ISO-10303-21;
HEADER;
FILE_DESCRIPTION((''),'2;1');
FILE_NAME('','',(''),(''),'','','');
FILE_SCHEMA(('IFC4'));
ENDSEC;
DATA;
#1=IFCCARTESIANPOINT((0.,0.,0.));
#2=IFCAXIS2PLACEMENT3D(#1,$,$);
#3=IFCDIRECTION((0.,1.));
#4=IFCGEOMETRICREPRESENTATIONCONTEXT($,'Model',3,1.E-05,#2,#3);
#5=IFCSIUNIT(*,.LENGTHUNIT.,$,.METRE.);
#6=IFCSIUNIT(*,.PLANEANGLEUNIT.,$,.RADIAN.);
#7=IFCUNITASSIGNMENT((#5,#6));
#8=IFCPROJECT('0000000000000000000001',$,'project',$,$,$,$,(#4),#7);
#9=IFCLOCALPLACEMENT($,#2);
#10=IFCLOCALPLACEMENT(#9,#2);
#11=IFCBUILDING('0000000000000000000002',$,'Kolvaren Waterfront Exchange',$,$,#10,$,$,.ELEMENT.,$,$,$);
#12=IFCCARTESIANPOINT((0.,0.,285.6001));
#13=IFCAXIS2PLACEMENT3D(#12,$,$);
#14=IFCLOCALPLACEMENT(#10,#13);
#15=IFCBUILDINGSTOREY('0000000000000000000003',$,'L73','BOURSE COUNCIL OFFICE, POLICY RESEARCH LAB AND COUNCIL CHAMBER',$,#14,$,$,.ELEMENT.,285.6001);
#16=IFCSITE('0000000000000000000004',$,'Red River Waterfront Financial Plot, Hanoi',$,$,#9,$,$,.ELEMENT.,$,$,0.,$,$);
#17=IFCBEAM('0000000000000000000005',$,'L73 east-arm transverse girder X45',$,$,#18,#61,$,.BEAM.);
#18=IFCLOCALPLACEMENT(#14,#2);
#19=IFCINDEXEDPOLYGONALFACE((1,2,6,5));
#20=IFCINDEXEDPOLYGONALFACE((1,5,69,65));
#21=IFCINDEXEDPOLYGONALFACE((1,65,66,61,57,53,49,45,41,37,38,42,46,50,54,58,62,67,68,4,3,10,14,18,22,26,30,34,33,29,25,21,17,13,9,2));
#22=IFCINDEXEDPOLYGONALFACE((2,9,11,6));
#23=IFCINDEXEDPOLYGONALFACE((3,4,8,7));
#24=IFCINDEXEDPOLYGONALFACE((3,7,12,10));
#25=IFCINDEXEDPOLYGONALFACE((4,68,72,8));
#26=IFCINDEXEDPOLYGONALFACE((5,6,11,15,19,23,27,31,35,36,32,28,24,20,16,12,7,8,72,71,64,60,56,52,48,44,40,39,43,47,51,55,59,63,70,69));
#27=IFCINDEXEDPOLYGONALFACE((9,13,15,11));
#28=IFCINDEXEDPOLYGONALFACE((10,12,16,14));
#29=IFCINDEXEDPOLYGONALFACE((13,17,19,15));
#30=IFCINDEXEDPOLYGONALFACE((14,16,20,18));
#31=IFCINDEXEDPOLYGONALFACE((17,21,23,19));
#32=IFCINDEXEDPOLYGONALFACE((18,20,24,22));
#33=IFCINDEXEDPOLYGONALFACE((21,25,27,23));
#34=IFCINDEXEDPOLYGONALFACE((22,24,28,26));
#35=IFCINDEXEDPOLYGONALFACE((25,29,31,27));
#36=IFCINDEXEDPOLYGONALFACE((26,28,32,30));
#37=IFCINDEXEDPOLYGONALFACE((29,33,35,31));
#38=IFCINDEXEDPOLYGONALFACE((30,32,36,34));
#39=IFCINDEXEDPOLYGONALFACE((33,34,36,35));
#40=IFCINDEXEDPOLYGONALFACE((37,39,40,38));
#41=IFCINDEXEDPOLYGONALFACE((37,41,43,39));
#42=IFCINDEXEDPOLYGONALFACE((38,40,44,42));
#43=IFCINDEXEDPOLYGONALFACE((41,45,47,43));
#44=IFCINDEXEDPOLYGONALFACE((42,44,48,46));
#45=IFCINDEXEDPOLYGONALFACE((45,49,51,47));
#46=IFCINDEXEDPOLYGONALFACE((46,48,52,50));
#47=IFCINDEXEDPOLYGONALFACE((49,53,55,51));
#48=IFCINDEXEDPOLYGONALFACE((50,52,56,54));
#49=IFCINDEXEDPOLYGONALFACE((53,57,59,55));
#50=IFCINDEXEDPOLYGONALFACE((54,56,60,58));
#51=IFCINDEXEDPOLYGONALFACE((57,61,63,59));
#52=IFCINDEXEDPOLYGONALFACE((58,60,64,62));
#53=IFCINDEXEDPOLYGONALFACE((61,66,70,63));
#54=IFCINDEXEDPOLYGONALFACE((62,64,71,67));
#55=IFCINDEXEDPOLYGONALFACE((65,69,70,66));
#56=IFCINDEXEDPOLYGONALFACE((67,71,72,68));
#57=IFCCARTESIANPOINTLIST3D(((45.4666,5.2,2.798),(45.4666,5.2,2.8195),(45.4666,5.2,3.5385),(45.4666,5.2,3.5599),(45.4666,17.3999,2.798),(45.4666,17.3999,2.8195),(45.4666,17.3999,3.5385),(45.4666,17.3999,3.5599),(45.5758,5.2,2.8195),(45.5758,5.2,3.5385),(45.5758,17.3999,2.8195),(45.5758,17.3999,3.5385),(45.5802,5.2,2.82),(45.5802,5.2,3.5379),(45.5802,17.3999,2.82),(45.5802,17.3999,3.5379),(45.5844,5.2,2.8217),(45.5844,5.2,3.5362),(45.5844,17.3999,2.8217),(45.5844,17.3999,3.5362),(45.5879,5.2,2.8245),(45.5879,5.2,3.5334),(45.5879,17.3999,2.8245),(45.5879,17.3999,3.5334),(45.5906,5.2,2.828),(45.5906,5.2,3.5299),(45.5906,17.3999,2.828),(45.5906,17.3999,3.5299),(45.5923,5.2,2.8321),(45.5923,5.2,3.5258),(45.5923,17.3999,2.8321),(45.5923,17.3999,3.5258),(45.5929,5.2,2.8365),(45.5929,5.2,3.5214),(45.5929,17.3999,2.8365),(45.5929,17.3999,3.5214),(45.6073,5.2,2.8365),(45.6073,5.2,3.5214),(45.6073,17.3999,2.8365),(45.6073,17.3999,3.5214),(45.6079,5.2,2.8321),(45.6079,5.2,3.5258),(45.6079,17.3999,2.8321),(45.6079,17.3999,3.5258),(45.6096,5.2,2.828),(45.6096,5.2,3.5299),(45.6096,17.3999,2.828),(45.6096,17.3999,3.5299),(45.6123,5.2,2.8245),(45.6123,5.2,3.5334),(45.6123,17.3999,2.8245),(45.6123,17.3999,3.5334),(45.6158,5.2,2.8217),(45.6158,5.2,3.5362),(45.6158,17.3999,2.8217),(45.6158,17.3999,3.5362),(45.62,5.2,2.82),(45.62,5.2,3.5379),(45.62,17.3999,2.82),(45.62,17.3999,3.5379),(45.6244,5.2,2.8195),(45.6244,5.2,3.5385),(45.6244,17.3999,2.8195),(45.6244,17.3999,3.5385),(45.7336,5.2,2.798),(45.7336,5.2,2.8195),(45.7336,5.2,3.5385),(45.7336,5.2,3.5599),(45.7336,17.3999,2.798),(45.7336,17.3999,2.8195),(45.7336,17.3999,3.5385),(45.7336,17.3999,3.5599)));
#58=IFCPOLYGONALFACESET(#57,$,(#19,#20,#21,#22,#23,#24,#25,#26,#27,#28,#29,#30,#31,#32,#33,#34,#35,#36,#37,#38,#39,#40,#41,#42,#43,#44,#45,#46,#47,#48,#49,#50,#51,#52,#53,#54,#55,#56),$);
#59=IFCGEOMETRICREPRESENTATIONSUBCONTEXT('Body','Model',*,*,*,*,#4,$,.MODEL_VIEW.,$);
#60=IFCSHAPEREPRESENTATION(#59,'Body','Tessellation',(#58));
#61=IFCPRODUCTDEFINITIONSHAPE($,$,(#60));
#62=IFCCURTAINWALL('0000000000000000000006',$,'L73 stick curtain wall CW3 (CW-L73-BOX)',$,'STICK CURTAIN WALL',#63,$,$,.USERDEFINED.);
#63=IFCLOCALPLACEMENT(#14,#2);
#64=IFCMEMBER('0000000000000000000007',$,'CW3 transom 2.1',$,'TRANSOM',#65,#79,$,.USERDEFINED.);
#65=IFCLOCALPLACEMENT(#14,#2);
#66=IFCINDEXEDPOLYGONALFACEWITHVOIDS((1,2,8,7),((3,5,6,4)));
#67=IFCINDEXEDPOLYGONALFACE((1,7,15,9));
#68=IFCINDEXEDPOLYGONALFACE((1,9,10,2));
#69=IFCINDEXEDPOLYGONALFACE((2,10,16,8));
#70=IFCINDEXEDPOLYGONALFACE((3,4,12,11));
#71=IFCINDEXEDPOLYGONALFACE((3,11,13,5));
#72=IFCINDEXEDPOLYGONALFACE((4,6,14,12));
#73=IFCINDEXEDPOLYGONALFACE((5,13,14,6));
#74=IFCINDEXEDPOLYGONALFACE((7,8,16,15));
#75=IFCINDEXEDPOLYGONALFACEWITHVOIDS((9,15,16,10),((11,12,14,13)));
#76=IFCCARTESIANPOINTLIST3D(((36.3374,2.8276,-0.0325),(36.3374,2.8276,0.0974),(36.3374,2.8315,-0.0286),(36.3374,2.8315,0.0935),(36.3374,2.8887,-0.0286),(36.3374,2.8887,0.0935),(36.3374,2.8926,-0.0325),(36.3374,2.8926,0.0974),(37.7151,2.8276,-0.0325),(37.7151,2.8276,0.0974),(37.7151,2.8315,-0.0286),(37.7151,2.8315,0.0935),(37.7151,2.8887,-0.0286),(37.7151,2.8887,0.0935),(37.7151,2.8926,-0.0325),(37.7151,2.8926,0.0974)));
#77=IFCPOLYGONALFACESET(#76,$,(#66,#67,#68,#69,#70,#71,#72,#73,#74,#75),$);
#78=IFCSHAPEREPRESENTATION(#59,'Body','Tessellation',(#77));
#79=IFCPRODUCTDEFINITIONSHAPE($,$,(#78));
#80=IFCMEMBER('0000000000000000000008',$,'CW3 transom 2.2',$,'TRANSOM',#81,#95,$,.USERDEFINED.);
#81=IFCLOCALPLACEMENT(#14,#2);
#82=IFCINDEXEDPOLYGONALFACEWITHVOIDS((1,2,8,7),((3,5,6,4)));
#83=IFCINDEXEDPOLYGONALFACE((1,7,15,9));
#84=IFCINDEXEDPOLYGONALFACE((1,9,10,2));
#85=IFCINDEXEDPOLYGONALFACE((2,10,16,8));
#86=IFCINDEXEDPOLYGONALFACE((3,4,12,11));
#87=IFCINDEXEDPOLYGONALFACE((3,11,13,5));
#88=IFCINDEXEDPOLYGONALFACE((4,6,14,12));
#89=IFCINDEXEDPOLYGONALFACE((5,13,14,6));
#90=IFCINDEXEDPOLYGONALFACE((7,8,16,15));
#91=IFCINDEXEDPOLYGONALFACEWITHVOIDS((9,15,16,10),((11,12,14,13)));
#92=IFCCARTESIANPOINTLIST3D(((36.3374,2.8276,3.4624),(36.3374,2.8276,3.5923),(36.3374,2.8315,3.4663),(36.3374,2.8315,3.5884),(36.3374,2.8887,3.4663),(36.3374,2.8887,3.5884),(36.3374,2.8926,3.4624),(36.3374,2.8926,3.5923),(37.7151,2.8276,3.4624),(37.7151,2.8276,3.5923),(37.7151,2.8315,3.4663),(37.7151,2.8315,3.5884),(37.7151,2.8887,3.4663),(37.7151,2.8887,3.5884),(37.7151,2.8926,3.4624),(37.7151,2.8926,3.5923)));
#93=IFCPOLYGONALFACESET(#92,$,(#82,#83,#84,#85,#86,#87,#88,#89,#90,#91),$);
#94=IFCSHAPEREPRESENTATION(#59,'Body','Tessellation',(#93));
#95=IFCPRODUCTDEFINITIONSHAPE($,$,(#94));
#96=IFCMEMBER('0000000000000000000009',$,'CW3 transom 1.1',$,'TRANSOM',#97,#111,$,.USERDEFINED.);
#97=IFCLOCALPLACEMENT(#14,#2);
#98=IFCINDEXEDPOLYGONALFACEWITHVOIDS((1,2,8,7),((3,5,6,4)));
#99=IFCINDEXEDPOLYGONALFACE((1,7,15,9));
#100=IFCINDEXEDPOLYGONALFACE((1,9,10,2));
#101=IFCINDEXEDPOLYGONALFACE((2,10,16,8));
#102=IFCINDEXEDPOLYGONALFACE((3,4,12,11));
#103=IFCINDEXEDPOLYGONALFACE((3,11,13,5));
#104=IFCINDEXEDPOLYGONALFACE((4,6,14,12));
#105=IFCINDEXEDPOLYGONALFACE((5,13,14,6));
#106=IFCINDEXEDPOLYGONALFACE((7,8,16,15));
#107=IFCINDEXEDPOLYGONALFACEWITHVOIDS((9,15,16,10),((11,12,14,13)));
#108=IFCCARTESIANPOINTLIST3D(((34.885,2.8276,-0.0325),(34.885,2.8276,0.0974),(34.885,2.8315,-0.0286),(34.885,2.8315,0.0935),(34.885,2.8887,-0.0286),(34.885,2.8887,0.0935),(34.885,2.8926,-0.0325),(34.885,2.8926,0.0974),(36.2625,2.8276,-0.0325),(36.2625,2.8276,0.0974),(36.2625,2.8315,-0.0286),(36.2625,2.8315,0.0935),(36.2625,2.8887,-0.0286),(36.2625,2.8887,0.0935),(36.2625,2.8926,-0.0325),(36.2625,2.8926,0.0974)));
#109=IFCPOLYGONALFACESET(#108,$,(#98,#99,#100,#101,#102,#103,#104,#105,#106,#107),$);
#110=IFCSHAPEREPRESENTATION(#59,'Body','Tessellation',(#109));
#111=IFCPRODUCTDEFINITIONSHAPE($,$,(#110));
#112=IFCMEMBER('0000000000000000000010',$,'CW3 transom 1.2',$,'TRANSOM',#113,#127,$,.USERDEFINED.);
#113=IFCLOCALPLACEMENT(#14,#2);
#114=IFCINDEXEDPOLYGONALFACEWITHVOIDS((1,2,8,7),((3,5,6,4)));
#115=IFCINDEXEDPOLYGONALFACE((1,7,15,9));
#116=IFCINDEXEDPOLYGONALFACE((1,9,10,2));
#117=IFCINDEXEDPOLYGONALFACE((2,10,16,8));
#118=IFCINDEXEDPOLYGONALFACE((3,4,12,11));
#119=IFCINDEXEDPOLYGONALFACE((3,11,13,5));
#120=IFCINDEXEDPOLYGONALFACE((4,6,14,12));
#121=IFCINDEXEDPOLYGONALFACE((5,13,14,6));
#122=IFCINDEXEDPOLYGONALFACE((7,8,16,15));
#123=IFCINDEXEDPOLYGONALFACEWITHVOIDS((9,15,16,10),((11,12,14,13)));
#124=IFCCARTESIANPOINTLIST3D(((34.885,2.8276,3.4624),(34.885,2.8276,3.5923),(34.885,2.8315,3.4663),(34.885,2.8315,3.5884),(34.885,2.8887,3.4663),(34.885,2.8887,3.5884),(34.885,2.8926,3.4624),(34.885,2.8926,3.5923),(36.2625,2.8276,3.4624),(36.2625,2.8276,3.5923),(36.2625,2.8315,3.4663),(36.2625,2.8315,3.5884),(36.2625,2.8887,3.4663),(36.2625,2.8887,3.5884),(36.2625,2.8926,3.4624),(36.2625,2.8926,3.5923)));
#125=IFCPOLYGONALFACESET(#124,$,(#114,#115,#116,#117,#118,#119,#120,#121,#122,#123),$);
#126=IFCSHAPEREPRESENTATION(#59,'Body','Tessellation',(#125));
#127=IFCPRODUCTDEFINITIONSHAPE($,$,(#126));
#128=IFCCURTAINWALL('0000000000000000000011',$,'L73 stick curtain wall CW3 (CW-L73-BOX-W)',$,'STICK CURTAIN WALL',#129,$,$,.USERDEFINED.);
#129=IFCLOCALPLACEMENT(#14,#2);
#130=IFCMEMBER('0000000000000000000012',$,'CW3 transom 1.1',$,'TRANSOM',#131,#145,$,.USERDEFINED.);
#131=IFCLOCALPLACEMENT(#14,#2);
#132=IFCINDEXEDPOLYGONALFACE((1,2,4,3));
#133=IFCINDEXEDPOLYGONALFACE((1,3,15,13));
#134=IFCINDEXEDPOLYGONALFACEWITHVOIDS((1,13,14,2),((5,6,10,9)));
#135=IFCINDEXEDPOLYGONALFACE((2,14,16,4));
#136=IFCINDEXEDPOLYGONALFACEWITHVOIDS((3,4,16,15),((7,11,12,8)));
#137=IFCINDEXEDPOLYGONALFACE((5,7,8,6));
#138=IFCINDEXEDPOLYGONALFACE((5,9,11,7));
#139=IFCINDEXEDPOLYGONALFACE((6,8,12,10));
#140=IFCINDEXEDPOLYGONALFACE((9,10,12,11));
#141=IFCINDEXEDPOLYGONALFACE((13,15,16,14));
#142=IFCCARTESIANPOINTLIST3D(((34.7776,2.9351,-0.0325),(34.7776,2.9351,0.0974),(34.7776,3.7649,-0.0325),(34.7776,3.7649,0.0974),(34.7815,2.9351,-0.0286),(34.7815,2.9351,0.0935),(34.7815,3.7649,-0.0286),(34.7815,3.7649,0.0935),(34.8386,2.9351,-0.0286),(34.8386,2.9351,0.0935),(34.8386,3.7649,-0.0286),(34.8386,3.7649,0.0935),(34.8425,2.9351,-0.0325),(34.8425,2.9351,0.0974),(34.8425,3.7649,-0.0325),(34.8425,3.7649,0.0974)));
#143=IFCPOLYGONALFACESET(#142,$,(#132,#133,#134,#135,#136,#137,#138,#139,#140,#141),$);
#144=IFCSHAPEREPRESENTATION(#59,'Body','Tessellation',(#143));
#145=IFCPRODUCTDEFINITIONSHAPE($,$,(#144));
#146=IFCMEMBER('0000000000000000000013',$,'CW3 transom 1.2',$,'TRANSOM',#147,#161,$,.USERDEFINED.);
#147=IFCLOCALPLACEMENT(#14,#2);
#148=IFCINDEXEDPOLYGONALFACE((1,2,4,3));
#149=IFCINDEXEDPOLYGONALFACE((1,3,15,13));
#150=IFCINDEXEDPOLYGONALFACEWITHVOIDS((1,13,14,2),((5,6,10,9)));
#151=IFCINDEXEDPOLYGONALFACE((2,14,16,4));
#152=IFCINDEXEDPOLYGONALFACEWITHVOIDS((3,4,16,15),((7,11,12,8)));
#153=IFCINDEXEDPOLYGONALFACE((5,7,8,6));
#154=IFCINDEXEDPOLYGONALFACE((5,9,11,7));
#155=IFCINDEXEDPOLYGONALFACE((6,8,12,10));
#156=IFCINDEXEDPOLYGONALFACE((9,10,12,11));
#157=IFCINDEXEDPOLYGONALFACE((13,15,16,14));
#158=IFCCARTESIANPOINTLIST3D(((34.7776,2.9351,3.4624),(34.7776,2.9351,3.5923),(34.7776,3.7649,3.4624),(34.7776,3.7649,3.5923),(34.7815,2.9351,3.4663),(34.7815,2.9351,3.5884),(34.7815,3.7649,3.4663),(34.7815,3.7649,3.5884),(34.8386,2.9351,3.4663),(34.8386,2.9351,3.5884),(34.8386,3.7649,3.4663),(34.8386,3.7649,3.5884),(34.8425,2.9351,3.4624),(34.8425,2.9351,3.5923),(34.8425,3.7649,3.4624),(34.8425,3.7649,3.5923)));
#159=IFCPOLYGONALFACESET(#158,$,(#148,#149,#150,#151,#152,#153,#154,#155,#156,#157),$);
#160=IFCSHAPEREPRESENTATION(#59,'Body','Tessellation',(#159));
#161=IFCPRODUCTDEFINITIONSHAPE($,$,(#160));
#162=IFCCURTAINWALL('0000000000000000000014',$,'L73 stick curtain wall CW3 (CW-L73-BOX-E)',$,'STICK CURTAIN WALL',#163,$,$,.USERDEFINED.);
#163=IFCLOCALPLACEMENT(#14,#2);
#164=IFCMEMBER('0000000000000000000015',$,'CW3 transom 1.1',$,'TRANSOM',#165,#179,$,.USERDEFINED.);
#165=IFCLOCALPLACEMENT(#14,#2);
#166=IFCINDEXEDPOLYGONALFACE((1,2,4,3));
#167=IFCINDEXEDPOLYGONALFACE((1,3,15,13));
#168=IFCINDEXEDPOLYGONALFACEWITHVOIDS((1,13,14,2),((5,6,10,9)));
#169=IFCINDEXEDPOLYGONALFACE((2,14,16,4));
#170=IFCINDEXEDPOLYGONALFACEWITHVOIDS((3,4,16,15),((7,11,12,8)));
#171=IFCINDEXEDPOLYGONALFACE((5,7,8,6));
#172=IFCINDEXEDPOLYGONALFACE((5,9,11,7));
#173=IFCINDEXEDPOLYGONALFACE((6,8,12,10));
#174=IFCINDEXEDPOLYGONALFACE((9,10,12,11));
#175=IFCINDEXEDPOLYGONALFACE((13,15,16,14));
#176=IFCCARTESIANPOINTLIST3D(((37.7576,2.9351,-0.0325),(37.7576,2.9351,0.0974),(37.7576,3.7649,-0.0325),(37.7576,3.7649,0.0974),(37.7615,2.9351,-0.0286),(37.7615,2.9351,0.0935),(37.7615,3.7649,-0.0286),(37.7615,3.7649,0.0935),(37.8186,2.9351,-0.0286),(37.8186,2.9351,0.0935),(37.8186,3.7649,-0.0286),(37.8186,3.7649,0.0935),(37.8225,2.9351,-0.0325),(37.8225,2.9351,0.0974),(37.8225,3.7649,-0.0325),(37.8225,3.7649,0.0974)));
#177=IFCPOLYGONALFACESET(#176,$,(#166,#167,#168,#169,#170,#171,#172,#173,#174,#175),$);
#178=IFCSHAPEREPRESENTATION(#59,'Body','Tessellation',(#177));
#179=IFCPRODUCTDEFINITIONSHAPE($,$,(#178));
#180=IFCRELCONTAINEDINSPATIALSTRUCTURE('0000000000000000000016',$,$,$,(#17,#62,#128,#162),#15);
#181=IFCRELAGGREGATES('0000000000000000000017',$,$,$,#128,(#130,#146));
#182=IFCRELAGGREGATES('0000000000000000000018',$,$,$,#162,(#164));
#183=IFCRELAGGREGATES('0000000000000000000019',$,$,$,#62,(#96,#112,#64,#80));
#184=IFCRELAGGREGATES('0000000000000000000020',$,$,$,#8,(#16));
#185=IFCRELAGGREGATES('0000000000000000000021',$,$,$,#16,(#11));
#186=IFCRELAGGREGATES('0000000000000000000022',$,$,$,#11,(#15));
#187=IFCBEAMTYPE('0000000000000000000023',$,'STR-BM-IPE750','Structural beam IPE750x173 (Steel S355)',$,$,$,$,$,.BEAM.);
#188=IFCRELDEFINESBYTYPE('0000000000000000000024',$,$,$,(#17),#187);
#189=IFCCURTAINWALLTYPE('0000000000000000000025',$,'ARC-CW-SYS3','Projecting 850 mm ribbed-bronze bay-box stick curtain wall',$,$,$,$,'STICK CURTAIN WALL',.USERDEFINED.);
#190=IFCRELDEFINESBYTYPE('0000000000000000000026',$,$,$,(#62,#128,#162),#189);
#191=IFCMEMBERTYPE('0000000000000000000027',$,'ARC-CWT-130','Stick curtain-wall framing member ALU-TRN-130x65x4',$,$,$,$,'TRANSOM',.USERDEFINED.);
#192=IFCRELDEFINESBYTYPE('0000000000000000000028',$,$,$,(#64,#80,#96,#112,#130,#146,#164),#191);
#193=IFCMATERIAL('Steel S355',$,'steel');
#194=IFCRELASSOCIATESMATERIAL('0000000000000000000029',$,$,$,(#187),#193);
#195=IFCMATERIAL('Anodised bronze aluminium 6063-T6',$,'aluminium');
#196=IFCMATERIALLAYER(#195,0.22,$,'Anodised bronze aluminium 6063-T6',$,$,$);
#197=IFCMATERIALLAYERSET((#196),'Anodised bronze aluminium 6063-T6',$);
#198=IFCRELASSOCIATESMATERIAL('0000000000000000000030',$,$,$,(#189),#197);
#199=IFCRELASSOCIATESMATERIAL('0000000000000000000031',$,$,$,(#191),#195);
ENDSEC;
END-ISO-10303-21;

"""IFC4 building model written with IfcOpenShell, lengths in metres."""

from ifc_helpers import new_model, si_unit, direction, frame, origin, origin_with_axes, origin_2d, place, context, subcontext, project, spatial, hollow_rectangle, i_section, extrude, source, transform, mapped, material, layer, layer_set, material_profile, profile_set, type_object, element, aggregate, save


model = new_model("IFC4")

# Units and contexts
model_context = context("Model", 3, precision=1e-05, world=origin(), true_north=direction((0.0, 1.0)))
body_context = subcontext(model_context, "Body", "Model", "MODEL_VIEW")
ifc_project = project(units=[si_unit("LENGTHUNIT", "METRE"), si_unit("PLANEANGLEUNIT", "RADIAN")], contexts=[model_context])

# Site, building, storey
site_placement = place(None, origin())
site = spatial("IfcSite", under=ifc_project, at=site_placement, Name="Red River Waterfront Financial Plot, Hanoi", CompositionType="ELEMENT", RefElevation=0.0)
building_placement = place(site_placement, origin())
building = spatial("IfcBuilding", under=site, at=building_placement, Name="Kolvaren Waterfront Exchange", CompositionType="ELEMENT")
storey_placement = place(building_placement, frame((0.0, 0.0, 285.6001)))
storey = spatial("IfcBuildingStorey", under=building, at=storey_placement, Name="L73", Description="BOURSE COUNCIL OFFICE, POLICY RESEARCH LAB AND COUNCIL CHAMBER", CompositionType="ELEMENT", Elevation=285.6001)

# Beam
ifc_material_1 = material(Name="Steel S355", Category="steel")
ifc_material_profile_1 = material_profile(ifc_material_1, i_section(OverallWidth=0.2671, OverallDepth=0.762, WebThickness=0.0144, FlangeThickness=0.0215, FilletRadius=0.0171, at=origin_2d()), Name="IPE750x173")
ifc_profile_set_1 = profile_set([ifc_material_profile_1], Name="Steel S355")
beam_type_1 = type_object("IfcBeamType", Name="STR-BM-IPE750", Description="Structural beam IPE750x173 (Steel S355)", PredefinedType="BEAM", material=ifc_profile_set_1)
for number, where, z_axis, x_axis, name in (
    (1, (45.6001, 5.2, 3.179), (0.0, 1.0, 0.0), (-1.0, 0.0, 0.0), "L73 east-arm transverse girder X45"),
):
    element("IfcBeam", number, at=place(storey_placement, frame(where, z_axis=z_axis, x_axis=x_axis)), inside=storey, type_object=beam_type_1, Name=name, PredefinedType="BEAM", context=body_context, shape_type="SweptSolid", body=[
        extrude(i_section(OverallWidth=0.2671, OverallDepth=0.762, WebThickness=0.0144, FlangeThickness=0.0215, FilletRadius=0.0171, at=origin_2d()), origin(), (0.0, 0.0, 1.0), 12.2),
    ])

# Curtain walls, members
ifc_material_2 = material(Name="Anodised bronze aluminium 6063-T6", Category="aluminium")
ifc_layer_1 = layer(ifc_material_2, 0.22, Name="Anodised bronze aluminium 6063-T6")
ifc_layer_set_1 = layer_set([ifc_layer_1], Name="Anodised bronze aluminium 6063-T6")
curtain_wall_type_1 = type_object("IfcCurtainWallType", Name="ARC-CW-SYS3", Description="Projecting 850 mm ribbed-bronze bay-box stick curtain wall", ElementType="STICK CURTAIN WALL", PredefinedType="USERDEFINED", material=ifc_layer_set_1)
curtain_wall_1_placement = place(storey_placement, origin())
curtain_wall_1 = element("IfcCurtainWall", 2, at=curtain_wall_1_placement, inside=storey, type_object=curtain_wall_type_1, Name="L73 stick curtain wall CW3 (CW-L73-BOX)", ObjectType="STICK CURTAIN WALL", PredefinedType="USERDEFINED")
ifc_material_profile_2 = material_profile(ifc_material_2, hollow_rectangle(XDim=0.0649, YDim=0.1299, WallThickness=0.0039, at=origin_2d()), Name="ALU-TRN-130x65x4")
ifc_profile_set_2 = profile_set([ifc_material_profile_2], Name="Anodised bronze aluminium 6063-T6")
member_type_1 = type_object("IfcMemberType", Name="ARC-CWT-130", Description="Stick curtain-wall framing member ALU-TRN-130x65x4", ElementType="TRANSOM", PredefinedType="USERDEFINED", material=ifc_profile_set_2)
shared_shape_1 = source(origin_with_axes(), body_context, "Body", "SweptSolid", [
    extrude(hollow_rectangle(XDim=0.0649, YDim=0.1299, WallThickness=0.0039, at=origin_2d()), origin(), (0.0, 0.0, 1.0), 1.3777),
])
member_1_placement = place(storey_placement, frame((36.3374, 2.8601, 0.0325), z_axis=(1.0, 0.0, 0.0), x_axis=(0.0, 1.0, 0.0)))
member_1 = element("IfcMember", 3, at=member_1_placement, type_object=member_type_1, Name="CW3 transom 2.1", ObjectType="TRANSOM", PredefinedType="USERDEFINED", context=body_context, shape_type="MappedRepresentation", body=[
    mapped(shared_shape_1, transform((0.0, 0.0, 0.0), x_axis=(1.0, 0.0, 0.0), y_axis=(0.0, 1.0, 0.0), z_axis=(0.0, 0.0, 1.0), scale=1.0)),
])
member_2_placement = place(storey_placement, frame((36.3374, 2.8601, 3.5273), z_axis=(1.0, 0.0, 0.0), x_axis=(0.0, 1.0, 0.0)))
member_2 = element("IfcMember", 4, at=member_2_placement, type_object=member_type_1, Name="CW3 transom 2.2", ObjectType="TRANSOM", PredefinedType="USERDEFINED", context=body_context, shape_type="MappedRepresentation", body=[
    mapped(shared_shape_1, transform((0.0, 0.0, 0.0), x_axis=(1.0, 0.0, 0.0), y_axis=(0.0, 1.0, 0.0), z_axis=(0.0, 0.0, 1.0), scale=1.0)),
])
shared_shape_2 = source(origin_with_axes(), body_context, "Body", "SweptSolid", [
    extrude(hollow_rectangle(XDim=0.0649, YDim=0.1299, WallThickness=0.0039, at=origin_2d()), origin(), (0.0, 0.0, 1.0), 1.3774),
])
member_3_placement = place(storey_placement, frame((34.885, 2.8601, 0.0325), z_axis=(1.0, 0.0, 0.0), x_axis=(0.0, 1.0, 0.0)))
member_3 = element("IfcMember", 5, at=member_3_placement, type_object=member_type_1, Name="CW3 transom 1.1", ObjectType="TRANSOM", PredefinedType="USERDEFINED", context=body_context, shape_type="MappedRepresentation", body=[
    mapped(shared_shape_2, transform((0.0, 0.0, 0.0), x_axis=(1.0, 0.0, 0.0), y_axis=(0.0, 1.0, 0.0), z_axis=(0.0, 0.0, 1.0), scale=1.0)),
])
member_4_placement = place(storey_placement, frame((34.885, 2.8601, 3.5273), z_axis=(1.0, 0.0, 0.0), x_axis=(0.0, 1.0, 0.0)))
member_4 = element("IfcMember", 6, at=member_4_placement, type_object=member_type_1, Name="CW3 transom 1.2", ObjectType="TRANSOM", PredefinedType="USERDEFINED", context=body_context, shape_type="MappedRepresentation", body=[
    mapped(shared_shape_2, transform((0.0, 0.0, 0.0), x_axis=(1.0, 0.0, 0.0), y_axis=(0.0, 1.0, 0.0), z_axis=(0.0, 0.0, 1.0), scale=1.0)),
])
curtain_wall_2_placement = place(storey_placement, origin())
curtain_wall_2 = element("IfcCurtainWall", 7, at=curtain_wall_2_placement, inside=storey, type_object=curtain_wall_type_1, Name="L73 stick curtain wall CW3 (CW-L73-BOX-W)", ObjectType="STICK CURTAIN WALL", PredefinedType="USERDEFINED")
shared_shape_3 = source(origin_with_axes(), body_context, "Body", "SweptSolid", [
    extrude(hollow_rectangle(XDim=0.0649, YDim=0.1299, WallThickness=0.0039, at=origin_2d()), origin(), (0.0, 0.0, 1.0), 0.8298),
])
member_5_placement = place(storey_placement, frame((34.8101, 3.7649, 0.0325), z_axis=(0.0, -1.0, 0.0), x_axis=(1.0, 0.0, 0.0)))
member_5 = element("IfcMember", 8, at=member_5_placement, type_object=member_type_1, Name="CW3 transom 1.1", ObjectType="TRANSOM", PredefinedType="USERDEFINED", context=body_context, shape_type="MappedRepresentation", body=[
    mapped(shared_shape_3, transform((0.0, 0.0, 0.0), x_axis=(1.0, 0.0, 0.0), y_axis=(0.0, 1.0, 0.0), z_axis=(0.0, 0.0, 1.0), scale=1.0)),
])
member_6_placement = place(storey_placement, frame((34.8101, 3.7649, 3.5273), z_axis=(0.0, -1.0, 0.0), x_axis=(1.0, 0.0, 0.0)))
member_6 = element("IfcMember", 9, at=member_6_placement, type_object=member_type_1, Name="CW3 transom 1.2", ObjectType="TRANSOM", PredefinedType="USERDEFINED", context=body_context, shape_type="MappedRepresentation", body=[
    mapped(shared_shape_3, transform((0.0, 0.0, 0.0), x_axis=(1.0, 0.0, 0.0), y_axis=(0.0, 1.0, 0.0), z_axis=(0.0, 0.0, 1.0), scale=1.0)),
])
curtain_wall_3_placement = place(storey_placement, origin())
curtain_wall_3 = element("IfcCurtainWall", 10, at=curtain_wall_3_placement, inside=storey, type_object=curtain_wall_type_1, Name="L73 stick curtain wall CW3 (CW-L73-BOX-E)", ObjectType="STICK CURTAIN WALL", PredefinedType="USERDEFINED")
member_7_placement = place(storey_placement, frame((37.79, 2.9351, 0.0325), z_axis=(0.0, 1.0, 0.0), x_axis=(-1.0, 0.0, 0.0)))
member_7 = element("IfcMember", 11, at=member_7_placement, type_object=member_type_1, Name="CW3 transom 1.1", ObjectType="TRANSOM", PredefinedType="USERDEFINED", context=body_context, shape_type="MappedRepresentation", body=[
    mapped(shared_shape_3, transform((0.0, 0.0, 0.0), x_axis=(1.0, 0.0, 0.0), y_axis=(0.0, 1.0, 0.0), z_axis=(0.0, 0.0, 1.0), scale=1.0)),
])

aggregate(curtain_wall_2, [member_5, member_6])
aggregate(curtain_wall_3, [member_7])
aggregate(curtain_wall_1, [member_3, member_4, member_1, member_2])

save(model, "model.ifc")
